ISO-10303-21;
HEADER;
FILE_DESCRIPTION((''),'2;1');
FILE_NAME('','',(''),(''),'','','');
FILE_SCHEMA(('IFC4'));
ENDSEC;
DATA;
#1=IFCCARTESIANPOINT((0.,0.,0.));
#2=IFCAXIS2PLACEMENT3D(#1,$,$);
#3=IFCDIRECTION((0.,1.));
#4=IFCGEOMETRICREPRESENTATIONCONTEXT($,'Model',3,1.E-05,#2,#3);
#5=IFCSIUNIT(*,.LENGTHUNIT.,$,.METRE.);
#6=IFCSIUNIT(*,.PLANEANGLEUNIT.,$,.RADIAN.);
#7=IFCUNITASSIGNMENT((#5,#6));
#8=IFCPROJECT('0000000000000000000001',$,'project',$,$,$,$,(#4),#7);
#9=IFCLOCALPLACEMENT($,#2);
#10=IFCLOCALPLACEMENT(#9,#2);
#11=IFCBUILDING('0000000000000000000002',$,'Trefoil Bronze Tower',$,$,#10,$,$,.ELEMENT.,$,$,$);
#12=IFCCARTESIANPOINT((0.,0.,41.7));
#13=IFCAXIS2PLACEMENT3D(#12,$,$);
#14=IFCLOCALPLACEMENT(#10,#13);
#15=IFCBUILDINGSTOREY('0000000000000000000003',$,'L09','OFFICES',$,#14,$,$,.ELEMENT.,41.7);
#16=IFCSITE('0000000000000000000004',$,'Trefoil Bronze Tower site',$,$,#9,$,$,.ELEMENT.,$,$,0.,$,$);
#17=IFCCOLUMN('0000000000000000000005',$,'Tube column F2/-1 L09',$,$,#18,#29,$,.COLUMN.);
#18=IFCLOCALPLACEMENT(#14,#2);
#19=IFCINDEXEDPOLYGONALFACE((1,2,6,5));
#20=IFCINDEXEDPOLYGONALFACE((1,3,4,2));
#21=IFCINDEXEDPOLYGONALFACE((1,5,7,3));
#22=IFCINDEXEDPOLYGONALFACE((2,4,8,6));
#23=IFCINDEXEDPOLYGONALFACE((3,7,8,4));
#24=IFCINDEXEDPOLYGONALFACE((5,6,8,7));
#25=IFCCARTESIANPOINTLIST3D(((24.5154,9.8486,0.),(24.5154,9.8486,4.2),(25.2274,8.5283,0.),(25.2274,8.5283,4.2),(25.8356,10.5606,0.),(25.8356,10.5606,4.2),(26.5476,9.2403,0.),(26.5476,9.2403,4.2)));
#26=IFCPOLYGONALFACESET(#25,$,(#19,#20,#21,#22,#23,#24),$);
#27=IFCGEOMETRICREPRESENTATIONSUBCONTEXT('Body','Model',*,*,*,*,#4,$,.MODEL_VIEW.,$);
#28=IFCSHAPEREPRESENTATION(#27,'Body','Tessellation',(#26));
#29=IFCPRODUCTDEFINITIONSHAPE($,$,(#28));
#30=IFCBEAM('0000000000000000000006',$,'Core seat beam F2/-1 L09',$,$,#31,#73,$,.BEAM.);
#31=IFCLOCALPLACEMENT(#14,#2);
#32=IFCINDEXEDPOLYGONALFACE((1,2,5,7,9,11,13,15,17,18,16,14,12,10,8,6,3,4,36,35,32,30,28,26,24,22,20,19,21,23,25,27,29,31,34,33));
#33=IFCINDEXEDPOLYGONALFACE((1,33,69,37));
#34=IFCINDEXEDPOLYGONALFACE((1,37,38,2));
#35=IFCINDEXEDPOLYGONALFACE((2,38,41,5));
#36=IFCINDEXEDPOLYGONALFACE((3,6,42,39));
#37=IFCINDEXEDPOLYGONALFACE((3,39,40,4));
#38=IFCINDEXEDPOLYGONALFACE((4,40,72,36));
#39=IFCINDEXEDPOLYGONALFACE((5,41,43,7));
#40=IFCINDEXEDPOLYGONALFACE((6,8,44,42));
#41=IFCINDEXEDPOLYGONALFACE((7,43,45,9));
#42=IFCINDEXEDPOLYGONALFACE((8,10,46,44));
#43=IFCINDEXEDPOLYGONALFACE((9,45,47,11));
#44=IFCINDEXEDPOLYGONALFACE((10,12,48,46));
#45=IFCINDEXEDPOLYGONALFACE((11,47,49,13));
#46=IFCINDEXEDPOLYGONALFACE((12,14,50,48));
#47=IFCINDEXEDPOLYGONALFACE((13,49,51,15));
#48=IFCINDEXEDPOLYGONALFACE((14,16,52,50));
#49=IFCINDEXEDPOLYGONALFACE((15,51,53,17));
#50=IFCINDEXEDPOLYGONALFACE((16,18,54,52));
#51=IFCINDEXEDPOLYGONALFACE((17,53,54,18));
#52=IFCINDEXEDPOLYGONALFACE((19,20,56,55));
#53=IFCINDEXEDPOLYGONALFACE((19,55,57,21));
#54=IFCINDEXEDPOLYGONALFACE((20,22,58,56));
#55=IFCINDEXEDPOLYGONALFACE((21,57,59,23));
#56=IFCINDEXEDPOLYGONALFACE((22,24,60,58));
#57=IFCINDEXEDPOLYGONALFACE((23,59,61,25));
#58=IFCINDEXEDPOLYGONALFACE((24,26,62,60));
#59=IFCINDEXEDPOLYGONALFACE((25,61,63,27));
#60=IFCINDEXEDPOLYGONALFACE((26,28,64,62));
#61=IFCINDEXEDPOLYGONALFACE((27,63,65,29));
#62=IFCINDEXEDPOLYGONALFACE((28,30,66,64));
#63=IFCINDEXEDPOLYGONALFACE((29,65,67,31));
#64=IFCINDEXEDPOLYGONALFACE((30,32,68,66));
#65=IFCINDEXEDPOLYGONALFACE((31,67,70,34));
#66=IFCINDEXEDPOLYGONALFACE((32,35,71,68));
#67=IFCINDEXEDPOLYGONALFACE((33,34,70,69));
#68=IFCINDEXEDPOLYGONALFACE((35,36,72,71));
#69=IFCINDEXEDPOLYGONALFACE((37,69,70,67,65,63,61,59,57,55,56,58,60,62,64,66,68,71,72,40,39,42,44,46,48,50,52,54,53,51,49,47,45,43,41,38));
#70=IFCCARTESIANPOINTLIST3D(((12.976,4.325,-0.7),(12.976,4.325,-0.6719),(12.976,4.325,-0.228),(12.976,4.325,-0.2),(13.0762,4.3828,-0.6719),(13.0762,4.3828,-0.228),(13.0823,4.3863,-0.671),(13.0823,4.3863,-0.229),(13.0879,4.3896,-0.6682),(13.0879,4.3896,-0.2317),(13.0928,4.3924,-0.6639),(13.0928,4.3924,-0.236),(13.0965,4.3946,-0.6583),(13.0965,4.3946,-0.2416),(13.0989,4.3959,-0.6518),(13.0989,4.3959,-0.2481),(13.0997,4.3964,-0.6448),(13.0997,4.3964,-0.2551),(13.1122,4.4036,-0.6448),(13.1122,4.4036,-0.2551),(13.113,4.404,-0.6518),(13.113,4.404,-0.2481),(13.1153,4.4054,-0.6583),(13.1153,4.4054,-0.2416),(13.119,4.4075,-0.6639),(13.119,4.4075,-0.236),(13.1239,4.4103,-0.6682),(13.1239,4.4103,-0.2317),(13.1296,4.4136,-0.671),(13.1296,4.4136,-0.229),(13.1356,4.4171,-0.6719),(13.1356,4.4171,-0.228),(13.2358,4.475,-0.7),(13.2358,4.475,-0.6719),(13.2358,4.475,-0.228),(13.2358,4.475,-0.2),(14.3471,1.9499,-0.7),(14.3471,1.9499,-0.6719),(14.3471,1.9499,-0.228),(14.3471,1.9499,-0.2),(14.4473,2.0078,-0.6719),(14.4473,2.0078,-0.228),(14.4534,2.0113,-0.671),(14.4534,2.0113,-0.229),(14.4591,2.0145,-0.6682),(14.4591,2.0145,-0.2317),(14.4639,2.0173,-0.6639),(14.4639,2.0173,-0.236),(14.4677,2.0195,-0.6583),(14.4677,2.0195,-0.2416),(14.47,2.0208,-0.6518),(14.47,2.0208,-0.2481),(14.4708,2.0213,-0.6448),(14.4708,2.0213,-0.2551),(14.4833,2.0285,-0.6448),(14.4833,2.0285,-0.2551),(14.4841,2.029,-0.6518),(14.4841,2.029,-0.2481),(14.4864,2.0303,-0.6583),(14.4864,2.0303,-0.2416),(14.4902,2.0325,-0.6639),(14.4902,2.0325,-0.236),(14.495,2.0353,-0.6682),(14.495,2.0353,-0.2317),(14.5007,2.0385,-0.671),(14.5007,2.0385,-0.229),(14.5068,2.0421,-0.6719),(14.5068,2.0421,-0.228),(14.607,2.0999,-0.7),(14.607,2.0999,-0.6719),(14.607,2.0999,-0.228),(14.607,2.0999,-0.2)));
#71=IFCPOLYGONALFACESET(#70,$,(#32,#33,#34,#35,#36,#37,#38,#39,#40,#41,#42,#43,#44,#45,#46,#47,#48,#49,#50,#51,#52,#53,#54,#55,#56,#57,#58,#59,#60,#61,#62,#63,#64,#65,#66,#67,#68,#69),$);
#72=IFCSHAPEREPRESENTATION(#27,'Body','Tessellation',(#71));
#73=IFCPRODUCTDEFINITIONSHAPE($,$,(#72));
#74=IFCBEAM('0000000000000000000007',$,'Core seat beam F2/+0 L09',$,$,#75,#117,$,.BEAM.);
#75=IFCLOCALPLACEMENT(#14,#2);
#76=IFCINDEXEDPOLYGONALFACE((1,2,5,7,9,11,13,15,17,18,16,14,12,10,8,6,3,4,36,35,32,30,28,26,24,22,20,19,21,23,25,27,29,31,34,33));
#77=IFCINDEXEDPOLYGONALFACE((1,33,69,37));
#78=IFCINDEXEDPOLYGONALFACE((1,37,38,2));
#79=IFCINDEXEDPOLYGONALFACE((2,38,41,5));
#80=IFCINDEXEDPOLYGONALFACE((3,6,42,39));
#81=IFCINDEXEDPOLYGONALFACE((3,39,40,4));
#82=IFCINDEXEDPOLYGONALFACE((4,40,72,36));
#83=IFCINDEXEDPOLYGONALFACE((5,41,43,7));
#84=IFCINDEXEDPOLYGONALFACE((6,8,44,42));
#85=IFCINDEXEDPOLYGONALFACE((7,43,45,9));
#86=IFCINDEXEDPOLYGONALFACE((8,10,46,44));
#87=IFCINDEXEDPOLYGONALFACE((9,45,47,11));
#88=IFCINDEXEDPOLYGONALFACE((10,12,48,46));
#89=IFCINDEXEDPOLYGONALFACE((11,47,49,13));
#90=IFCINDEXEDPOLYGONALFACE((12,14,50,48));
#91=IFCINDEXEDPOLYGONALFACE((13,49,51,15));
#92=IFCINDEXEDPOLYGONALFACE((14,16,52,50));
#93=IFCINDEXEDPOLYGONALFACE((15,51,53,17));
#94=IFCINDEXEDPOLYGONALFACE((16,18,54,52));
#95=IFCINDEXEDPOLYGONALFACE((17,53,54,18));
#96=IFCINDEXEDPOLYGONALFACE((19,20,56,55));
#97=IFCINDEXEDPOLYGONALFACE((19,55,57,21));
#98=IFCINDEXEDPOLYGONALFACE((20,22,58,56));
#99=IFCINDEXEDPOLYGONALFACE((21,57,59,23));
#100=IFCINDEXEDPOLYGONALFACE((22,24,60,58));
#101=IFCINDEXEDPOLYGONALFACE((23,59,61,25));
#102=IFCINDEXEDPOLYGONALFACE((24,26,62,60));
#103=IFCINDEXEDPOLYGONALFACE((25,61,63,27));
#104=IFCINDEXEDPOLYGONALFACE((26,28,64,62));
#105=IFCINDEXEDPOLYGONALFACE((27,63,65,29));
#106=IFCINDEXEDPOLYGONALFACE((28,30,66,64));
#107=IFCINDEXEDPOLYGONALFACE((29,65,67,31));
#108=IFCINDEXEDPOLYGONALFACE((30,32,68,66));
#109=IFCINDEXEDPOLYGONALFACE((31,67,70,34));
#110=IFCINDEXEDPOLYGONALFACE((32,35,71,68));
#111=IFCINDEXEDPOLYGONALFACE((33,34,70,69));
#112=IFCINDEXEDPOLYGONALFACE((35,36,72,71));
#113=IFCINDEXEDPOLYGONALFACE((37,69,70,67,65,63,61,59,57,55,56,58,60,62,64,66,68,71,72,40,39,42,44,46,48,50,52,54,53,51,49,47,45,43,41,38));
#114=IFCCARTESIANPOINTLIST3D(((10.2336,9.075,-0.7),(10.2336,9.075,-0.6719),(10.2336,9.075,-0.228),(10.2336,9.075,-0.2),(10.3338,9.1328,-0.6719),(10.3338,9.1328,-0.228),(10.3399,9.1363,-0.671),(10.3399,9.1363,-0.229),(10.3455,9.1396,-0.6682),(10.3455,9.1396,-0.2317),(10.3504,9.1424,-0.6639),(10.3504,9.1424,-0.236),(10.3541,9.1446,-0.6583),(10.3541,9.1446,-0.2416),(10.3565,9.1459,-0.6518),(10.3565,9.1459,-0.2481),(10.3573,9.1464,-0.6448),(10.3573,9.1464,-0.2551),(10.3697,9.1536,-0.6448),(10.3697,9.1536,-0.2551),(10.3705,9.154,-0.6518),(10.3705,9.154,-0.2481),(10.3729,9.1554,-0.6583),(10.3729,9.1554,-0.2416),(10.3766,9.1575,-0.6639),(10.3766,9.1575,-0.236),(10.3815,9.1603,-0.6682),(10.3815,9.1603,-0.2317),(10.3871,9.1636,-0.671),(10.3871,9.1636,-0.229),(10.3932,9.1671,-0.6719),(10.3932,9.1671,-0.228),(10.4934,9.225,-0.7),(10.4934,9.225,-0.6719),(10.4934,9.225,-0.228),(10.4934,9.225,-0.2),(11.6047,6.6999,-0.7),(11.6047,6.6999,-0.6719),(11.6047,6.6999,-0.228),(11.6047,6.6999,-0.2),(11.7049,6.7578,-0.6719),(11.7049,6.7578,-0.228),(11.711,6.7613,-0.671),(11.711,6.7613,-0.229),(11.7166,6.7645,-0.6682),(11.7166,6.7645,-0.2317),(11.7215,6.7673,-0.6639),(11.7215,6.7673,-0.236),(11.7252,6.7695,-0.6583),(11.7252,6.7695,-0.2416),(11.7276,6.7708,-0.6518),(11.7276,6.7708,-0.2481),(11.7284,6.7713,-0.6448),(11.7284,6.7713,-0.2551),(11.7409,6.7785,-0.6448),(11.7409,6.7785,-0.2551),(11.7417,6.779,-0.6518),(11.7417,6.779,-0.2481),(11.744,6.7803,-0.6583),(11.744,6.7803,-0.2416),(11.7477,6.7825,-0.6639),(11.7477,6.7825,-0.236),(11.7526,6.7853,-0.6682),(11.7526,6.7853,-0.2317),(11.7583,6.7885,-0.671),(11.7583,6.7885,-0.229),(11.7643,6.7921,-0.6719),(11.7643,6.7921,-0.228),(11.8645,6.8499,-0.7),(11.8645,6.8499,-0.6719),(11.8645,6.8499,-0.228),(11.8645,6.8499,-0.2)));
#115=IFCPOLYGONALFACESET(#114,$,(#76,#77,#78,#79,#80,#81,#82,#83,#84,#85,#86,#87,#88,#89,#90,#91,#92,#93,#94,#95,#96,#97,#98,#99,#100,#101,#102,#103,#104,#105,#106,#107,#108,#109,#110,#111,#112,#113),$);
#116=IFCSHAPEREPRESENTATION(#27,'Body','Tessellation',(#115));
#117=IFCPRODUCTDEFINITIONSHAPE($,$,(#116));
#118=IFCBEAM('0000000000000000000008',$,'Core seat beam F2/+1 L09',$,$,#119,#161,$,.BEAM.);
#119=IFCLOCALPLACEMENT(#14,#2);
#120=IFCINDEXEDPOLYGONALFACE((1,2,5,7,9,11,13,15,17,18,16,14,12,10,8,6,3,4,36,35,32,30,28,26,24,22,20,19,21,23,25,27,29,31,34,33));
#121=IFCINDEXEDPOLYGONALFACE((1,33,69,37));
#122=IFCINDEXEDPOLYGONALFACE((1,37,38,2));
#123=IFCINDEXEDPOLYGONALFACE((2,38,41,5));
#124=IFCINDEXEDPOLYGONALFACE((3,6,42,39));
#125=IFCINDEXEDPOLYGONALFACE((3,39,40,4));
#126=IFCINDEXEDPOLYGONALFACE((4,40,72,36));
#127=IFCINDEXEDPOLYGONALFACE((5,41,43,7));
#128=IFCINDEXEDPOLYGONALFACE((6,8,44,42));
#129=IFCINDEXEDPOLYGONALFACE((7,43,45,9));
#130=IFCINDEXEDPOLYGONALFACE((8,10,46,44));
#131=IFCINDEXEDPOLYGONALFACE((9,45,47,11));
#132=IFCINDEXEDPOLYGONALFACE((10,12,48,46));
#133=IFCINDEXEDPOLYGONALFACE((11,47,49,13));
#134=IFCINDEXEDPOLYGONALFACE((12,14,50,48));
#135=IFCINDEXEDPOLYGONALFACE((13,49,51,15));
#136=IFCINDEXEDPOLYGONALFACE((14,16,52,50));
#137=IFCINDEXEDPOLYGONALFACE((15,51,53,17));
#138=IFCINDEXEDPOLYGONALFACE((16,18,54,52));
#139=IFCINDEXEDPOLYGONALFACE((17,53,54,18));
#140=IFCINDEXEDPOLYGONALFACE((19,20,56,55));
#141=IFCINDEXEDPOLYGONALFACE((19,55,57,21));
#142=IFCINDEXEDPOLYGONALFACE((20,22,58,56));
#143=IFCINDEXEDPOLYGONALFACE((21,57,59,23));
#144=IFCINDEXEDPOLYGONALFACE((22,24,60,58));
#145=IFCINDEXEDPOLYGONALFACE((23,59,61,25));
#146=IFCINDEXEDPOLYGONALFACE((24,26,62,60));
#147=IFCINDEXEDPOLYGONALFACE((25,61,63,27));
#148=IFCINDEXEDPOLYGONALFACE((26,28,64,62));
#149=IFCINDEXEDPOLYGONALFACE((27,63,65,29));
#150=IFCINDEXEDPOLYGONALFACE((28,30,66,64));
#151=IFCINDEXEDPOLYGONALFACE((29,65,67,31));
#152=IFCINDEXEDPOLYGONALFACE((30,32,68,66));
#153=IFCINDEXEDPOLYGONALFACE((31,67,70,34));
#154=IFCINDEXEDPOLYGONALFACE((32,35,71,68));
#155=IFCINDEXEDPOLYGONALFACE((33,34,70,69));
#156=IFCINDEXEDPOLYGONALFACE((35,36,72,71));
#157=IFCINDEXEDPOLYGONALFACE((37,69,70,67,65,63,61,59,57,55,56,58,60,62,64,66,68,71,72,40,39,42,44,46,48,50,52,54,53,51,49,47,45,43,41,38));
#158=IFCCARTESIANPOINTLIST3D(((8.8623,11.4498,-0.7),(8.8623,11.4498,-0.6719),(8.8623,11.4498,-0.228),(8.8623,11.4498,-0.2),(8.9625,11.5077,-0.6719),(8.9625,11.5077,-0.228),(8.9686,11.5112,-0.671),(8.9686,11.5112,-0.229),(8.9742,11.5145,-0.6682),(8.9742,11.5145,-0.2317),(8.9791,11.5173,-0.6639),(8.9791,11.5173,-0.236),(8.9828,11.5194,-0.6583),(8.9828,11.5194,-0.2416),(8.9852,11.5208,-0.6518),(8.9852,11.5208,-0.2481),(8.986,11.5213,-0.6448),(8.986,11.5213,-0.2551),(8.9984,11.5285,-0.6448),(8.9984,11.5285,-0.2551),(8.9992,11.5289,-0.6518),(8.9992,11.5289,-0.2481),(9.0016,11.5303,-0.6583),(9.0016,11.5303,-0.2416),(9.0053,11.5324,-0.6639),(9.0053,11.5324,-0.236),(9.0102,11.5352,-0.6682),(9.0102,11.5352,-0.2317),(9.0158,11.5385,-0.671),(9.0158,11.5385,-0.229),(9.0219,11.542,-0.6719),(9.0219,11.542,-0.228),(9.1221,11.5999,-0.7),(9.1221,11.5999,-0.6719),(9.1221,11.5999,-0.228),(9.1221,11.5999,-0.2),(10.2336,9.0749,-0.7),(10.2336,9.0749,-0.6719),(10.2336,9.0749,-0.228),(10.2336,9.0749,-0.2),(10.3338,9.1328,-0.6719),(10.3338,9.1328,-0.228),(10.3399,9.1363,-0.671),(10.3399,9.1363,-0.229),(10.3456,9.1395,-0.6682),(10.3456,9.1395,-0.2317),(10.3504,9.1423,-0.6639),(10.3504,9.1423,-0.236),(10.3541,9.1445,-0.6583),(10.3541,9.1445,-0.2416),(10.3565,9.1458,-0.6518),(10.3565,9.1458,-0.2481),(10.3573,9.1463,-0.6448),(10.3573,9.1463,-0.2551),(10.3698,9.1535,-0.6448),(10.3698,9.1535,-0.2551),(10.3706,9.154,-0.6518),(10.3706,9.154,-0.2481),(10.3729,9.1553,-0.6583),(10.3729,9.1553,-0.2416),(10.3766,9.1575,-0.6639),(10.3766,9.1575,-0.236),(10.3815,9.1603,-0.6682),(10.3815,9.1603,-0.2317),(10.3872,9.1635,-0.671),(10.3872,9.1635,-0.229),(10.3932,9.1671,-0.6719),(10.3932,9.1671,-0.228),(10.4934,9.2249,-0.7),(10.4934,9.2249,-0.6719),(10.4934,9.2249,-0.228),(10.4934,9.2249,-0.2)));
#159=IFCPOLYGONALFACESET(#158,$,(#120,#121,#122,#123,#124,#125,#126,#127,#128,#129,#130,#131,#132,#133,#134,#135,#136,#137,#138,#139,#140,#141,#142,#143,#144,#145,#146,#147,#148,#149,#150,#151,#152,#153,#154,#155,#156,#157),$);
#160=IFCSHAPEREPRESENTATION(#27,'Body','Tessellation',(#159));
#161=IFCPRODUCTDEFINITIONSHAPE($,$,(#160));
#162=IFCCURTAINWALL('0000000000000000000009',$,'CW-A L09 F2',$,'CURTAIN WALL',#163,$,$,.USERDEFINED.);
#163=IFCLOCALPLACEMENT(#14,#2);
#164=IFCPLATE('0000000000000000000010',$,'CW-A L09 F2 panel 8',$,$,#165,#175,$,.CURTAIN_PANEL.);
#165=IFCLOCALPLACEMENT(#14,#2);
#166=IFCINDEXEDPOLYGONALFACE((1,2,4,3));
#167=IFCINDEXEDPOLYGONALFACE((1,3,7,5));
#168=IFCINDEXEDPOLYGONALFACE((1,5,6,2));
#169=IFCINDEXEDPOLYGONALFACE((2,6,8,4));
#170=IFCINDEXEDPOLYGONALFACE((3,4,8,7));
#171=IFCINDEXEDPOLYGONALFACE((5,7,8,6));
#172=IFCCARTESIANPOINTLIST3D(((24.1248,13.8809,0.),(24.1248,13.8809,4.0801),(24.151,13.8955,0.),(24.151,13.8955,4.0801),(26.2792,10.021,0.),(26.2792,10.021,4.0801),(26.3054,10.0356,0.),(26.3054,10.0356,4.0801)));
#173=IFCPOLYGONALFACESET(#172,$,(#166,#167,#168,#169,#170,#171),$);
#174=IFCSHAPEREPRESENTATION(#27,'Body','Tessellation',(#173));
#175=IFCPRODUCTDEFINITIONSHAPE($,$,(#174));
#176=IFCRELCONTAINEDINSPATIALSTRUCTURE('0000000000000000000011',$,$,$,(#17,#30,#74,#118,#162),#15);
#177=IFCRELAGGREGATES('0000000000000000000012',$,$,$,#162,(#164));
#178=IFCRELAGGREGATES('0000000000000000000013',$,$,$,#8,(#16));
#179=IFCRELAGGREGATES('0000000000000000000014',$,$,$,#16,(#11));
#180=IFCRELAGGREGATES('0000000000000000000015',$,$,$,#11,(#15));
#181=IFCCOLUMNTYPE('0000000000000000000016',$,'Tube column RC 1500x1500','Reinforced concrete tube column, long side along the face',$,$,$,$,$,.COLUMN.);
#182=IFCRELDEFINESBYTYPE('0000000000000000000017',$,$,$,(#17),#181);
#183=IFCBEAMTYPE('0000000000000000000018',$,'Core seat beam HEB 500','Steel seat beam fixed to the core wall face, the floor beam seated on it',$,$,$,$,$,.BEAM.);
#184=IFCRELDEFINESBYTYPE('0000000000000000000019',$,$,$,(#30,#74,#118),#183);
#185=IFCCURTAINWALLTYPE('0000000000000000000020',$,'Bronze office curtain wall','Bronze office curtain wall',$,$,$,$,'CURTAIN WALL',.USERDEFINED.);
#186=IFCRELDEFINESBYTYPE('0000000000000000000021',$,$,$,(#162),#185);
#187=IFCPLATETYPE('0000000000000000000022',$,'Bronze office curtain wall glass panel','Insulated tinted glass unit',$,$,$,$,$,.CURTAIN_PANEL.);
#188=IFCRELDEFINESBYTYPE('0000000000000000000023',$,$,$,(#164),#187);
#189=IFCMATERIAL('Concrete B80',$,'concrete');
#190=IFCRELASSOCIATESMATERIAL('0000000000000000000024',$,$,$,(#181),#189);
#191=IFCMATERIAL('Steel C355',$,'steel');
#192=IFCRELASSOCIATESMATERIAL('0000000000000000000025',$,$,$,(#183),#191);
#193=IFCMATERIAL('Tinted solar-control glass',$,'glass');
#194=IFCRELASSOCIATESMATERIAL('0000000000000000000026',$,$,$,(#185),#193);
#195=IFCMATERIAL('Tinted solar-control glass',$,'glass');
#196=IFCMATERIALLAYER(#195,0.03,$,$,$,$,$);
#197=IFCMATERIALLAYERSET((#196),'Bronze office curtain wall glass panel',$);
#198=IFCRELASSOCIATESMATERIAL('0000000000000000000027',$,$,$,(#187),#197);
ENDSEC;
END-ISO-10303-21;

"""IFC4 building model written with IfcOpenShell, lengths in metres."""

from ifc_helpers import new_model, si_unit, direction, frame, origin, origin_2d, place, context, subcontext, project, spatial, rectangle, i_section, extrude, material, layer, layer_set, material_profile, profile_set, type_object, element, aggregate, save


model = new_model("IFC4")

# Units and contexts
model_context = context("Model", 3, precision=1e-05, world=origin(), true_north=direction((0.0, 1.0)))
body_context = subcontext(model_context, "Body", "Model", "MODEL_VIEW")
ifc_project = project(units=[si_unit("LENGTHUNIT", "METRE"), si_unit("PLANEANGLEUNIT", "RADIAN")], contexts=[model_context])

# Site, building, storey
site_placement = place(None, origin())
site = spatial("IfcSite", under=ifc_project, at=site_placement, Name="Trefoil Bronze Tower site", CompositionType="ELEMENT", RefElevation=0.0)
building_placement = place(site_placement, origin())
building = spatial("IfcBuilding", under=site, at=building_placement, Name="Trefoil Bronze Tower", CompositionType="ELEMENT")
storey_placement = place(building_placement, frame((0.0, 0.0, 41.7)))
storey = spatial("IfcBuildingStorey", under=building, at=storey_placement, Name="L09", Description="OFFICES", CompositionType="ELEMENT", Elevation=41.7)

# Column
ifc_material_1 = material(Name="Concrete B80", Category="concrete")
ifc_material_profile_1 = material_profile(ifc_material_1, rectangle(XDim=1.5, YDim=1.5, at=origin_2d()), Name="RC 1500x1500")
ifc_profile_set_1 = profile_set([ifc_material_profile_1], Name="Concrete B80")
column_type = type_object("IfcColumnType", Name="Tube column RC 1500x1500", Description="Reinforced concrete tube column, long side along the face", PredefinedType="COLUMN", material=ifc_profile_set_1)
column_placement = place(storey_placement, frame((25.5315, 9.5444, 0.0), z_axis=(0.0, 0.0, 1.0), x_axis=(-0.474656, 0.880171, 0.0)))
element("IfcColumn", 1, at=column_placement, inside=storey, type_object=column_type, Name="Tube column F2/-1 L09", PredefinedType="COLUMN", context=body_context, shape_type="SweptSolid", body=[
    extrude(rectangle(XDim=1.5, YDim=1.5, at=origin_2d()), origin(), (0.0, 0.0, 1.0), 4.2),
])

# Beams
ifc_material_2 = material(Name="Steel C355", Category="steel")
ifc_material_profile_2 = material_profile(ifc_material_2, i_section(OverallWidth=0.3, OverallDepth=0.5, WebThickness=0.0144, FlangeThickness=0.0281, FilletRadius=0.0271, at=origin_2d()), Name="HEB 500")
ifc_profile_set_2 = profile_set([ifc_material_profile_2], Name="Steel C355")
beam_type = type_object("IfcBeamType", Name="Core seat beam HEB 500", Description="Steel seat beam fixed to the core wall face, the floor beam seated on it", PredefinedType="BEAM", material=ifc_profile_set_2)
for number, where, z_axis, x_axis, name in (
    (2, (14.4771, 2.0249, -0.45), (-0.499969, 0.866043, 0.0), (-0.866043, -0.499969, 0.0), "Core seat beam F2/-1 L09"),
    (3, (11.7346, 6.7749, -0.45), (-0.499969, 0.866043, 0.0), (-0.866043, -0.499969, 0.0), "Core seat beam F2/+0 L09"),
    (4, (10.3635, 9.1499, -0.45), (-0.500036, 0.866005, 0.0), (-0.866005, -0.500036, 0.0), "Core seat beam F2/+1 L09"),
):
    element("IfcBeam", number, at=place(storey_placement, frame(where, z_axis=z_axis, x_axis=x_axis)), inside=storey, type_object=beam_type, Name=name, PredefinedType="BEAM", context=body_context, shape_type="SweptSolid", body=[
        extrude(i_section(OverallWidth=0.3, OverallDepth=0.5, WebThickness=0.0144, FlangeThickness=0.0281, FilletRadius=0.0271, at=origin_2d()), origin(), (0.0, 0.0, 1.0), 2.7424),
    ])

# Curtain wall, plate
ifc_material_3 = material(Name="Tinted solar-control glass", Category="glass")
curtain_wall_type = type_object("IfcCurtainWallType", Name="Bronze office curtain wall", Description="Bronze office curtain wall", ElementType="CURTAIN WALL", PredefinedType="USERDEFINED", material=ifc_material_3)
curtain_wall_placement = place(storey_placement, origin())
curtain_wall = element("IfcCurtainWall", 5, at=curtain_wall_placement, inside=storey, type_object=curtain_wall_type, Name="CW-A L09 F2", ObjectType="CURTAIN WALL", PredefinedType="USERDEFINED")
ifc_material_4 = material(Name="Tinted solar-control glass", Category="glass")
ifc_layer_1 = layer(ifc_material_4, 0.03)
ifc_layer_set_1 = layer_set([ifc_layer_1], Name="Bronze office curtain wall glass panel")
plate_type = type_object("IfcPlateType", Name="Bronze office curtain wall glass panel", Description="Insulated tinted glass unit", PredefinedType="CURTAIN_PANEL", material=ifc_layer_set_1)
plate_placement = place(storey_placement, frame((25.2151, 11.9583, 0.0), z_axis=(0.0, 0.0, 1.0), x_axis=(-0.487382, 0.873189, 0.0)))
plate = element("IfcPlate", 6, at=plate_placement, type_object=plate_type, Name="CW-A L09 F2 panel 8", PredefinedType="CURTAIN_PANEL", context=body_context, shape_type="SweptSolid", body=[
    extrude(rectangle(XDim=4.4204, YDim=0.03, at=origin_2d()), origin(), (0.0, 0.0, 1.0), 4.0801),
])
aggregate(curtain_wall, [plate])

save(model, "model.ifc")
